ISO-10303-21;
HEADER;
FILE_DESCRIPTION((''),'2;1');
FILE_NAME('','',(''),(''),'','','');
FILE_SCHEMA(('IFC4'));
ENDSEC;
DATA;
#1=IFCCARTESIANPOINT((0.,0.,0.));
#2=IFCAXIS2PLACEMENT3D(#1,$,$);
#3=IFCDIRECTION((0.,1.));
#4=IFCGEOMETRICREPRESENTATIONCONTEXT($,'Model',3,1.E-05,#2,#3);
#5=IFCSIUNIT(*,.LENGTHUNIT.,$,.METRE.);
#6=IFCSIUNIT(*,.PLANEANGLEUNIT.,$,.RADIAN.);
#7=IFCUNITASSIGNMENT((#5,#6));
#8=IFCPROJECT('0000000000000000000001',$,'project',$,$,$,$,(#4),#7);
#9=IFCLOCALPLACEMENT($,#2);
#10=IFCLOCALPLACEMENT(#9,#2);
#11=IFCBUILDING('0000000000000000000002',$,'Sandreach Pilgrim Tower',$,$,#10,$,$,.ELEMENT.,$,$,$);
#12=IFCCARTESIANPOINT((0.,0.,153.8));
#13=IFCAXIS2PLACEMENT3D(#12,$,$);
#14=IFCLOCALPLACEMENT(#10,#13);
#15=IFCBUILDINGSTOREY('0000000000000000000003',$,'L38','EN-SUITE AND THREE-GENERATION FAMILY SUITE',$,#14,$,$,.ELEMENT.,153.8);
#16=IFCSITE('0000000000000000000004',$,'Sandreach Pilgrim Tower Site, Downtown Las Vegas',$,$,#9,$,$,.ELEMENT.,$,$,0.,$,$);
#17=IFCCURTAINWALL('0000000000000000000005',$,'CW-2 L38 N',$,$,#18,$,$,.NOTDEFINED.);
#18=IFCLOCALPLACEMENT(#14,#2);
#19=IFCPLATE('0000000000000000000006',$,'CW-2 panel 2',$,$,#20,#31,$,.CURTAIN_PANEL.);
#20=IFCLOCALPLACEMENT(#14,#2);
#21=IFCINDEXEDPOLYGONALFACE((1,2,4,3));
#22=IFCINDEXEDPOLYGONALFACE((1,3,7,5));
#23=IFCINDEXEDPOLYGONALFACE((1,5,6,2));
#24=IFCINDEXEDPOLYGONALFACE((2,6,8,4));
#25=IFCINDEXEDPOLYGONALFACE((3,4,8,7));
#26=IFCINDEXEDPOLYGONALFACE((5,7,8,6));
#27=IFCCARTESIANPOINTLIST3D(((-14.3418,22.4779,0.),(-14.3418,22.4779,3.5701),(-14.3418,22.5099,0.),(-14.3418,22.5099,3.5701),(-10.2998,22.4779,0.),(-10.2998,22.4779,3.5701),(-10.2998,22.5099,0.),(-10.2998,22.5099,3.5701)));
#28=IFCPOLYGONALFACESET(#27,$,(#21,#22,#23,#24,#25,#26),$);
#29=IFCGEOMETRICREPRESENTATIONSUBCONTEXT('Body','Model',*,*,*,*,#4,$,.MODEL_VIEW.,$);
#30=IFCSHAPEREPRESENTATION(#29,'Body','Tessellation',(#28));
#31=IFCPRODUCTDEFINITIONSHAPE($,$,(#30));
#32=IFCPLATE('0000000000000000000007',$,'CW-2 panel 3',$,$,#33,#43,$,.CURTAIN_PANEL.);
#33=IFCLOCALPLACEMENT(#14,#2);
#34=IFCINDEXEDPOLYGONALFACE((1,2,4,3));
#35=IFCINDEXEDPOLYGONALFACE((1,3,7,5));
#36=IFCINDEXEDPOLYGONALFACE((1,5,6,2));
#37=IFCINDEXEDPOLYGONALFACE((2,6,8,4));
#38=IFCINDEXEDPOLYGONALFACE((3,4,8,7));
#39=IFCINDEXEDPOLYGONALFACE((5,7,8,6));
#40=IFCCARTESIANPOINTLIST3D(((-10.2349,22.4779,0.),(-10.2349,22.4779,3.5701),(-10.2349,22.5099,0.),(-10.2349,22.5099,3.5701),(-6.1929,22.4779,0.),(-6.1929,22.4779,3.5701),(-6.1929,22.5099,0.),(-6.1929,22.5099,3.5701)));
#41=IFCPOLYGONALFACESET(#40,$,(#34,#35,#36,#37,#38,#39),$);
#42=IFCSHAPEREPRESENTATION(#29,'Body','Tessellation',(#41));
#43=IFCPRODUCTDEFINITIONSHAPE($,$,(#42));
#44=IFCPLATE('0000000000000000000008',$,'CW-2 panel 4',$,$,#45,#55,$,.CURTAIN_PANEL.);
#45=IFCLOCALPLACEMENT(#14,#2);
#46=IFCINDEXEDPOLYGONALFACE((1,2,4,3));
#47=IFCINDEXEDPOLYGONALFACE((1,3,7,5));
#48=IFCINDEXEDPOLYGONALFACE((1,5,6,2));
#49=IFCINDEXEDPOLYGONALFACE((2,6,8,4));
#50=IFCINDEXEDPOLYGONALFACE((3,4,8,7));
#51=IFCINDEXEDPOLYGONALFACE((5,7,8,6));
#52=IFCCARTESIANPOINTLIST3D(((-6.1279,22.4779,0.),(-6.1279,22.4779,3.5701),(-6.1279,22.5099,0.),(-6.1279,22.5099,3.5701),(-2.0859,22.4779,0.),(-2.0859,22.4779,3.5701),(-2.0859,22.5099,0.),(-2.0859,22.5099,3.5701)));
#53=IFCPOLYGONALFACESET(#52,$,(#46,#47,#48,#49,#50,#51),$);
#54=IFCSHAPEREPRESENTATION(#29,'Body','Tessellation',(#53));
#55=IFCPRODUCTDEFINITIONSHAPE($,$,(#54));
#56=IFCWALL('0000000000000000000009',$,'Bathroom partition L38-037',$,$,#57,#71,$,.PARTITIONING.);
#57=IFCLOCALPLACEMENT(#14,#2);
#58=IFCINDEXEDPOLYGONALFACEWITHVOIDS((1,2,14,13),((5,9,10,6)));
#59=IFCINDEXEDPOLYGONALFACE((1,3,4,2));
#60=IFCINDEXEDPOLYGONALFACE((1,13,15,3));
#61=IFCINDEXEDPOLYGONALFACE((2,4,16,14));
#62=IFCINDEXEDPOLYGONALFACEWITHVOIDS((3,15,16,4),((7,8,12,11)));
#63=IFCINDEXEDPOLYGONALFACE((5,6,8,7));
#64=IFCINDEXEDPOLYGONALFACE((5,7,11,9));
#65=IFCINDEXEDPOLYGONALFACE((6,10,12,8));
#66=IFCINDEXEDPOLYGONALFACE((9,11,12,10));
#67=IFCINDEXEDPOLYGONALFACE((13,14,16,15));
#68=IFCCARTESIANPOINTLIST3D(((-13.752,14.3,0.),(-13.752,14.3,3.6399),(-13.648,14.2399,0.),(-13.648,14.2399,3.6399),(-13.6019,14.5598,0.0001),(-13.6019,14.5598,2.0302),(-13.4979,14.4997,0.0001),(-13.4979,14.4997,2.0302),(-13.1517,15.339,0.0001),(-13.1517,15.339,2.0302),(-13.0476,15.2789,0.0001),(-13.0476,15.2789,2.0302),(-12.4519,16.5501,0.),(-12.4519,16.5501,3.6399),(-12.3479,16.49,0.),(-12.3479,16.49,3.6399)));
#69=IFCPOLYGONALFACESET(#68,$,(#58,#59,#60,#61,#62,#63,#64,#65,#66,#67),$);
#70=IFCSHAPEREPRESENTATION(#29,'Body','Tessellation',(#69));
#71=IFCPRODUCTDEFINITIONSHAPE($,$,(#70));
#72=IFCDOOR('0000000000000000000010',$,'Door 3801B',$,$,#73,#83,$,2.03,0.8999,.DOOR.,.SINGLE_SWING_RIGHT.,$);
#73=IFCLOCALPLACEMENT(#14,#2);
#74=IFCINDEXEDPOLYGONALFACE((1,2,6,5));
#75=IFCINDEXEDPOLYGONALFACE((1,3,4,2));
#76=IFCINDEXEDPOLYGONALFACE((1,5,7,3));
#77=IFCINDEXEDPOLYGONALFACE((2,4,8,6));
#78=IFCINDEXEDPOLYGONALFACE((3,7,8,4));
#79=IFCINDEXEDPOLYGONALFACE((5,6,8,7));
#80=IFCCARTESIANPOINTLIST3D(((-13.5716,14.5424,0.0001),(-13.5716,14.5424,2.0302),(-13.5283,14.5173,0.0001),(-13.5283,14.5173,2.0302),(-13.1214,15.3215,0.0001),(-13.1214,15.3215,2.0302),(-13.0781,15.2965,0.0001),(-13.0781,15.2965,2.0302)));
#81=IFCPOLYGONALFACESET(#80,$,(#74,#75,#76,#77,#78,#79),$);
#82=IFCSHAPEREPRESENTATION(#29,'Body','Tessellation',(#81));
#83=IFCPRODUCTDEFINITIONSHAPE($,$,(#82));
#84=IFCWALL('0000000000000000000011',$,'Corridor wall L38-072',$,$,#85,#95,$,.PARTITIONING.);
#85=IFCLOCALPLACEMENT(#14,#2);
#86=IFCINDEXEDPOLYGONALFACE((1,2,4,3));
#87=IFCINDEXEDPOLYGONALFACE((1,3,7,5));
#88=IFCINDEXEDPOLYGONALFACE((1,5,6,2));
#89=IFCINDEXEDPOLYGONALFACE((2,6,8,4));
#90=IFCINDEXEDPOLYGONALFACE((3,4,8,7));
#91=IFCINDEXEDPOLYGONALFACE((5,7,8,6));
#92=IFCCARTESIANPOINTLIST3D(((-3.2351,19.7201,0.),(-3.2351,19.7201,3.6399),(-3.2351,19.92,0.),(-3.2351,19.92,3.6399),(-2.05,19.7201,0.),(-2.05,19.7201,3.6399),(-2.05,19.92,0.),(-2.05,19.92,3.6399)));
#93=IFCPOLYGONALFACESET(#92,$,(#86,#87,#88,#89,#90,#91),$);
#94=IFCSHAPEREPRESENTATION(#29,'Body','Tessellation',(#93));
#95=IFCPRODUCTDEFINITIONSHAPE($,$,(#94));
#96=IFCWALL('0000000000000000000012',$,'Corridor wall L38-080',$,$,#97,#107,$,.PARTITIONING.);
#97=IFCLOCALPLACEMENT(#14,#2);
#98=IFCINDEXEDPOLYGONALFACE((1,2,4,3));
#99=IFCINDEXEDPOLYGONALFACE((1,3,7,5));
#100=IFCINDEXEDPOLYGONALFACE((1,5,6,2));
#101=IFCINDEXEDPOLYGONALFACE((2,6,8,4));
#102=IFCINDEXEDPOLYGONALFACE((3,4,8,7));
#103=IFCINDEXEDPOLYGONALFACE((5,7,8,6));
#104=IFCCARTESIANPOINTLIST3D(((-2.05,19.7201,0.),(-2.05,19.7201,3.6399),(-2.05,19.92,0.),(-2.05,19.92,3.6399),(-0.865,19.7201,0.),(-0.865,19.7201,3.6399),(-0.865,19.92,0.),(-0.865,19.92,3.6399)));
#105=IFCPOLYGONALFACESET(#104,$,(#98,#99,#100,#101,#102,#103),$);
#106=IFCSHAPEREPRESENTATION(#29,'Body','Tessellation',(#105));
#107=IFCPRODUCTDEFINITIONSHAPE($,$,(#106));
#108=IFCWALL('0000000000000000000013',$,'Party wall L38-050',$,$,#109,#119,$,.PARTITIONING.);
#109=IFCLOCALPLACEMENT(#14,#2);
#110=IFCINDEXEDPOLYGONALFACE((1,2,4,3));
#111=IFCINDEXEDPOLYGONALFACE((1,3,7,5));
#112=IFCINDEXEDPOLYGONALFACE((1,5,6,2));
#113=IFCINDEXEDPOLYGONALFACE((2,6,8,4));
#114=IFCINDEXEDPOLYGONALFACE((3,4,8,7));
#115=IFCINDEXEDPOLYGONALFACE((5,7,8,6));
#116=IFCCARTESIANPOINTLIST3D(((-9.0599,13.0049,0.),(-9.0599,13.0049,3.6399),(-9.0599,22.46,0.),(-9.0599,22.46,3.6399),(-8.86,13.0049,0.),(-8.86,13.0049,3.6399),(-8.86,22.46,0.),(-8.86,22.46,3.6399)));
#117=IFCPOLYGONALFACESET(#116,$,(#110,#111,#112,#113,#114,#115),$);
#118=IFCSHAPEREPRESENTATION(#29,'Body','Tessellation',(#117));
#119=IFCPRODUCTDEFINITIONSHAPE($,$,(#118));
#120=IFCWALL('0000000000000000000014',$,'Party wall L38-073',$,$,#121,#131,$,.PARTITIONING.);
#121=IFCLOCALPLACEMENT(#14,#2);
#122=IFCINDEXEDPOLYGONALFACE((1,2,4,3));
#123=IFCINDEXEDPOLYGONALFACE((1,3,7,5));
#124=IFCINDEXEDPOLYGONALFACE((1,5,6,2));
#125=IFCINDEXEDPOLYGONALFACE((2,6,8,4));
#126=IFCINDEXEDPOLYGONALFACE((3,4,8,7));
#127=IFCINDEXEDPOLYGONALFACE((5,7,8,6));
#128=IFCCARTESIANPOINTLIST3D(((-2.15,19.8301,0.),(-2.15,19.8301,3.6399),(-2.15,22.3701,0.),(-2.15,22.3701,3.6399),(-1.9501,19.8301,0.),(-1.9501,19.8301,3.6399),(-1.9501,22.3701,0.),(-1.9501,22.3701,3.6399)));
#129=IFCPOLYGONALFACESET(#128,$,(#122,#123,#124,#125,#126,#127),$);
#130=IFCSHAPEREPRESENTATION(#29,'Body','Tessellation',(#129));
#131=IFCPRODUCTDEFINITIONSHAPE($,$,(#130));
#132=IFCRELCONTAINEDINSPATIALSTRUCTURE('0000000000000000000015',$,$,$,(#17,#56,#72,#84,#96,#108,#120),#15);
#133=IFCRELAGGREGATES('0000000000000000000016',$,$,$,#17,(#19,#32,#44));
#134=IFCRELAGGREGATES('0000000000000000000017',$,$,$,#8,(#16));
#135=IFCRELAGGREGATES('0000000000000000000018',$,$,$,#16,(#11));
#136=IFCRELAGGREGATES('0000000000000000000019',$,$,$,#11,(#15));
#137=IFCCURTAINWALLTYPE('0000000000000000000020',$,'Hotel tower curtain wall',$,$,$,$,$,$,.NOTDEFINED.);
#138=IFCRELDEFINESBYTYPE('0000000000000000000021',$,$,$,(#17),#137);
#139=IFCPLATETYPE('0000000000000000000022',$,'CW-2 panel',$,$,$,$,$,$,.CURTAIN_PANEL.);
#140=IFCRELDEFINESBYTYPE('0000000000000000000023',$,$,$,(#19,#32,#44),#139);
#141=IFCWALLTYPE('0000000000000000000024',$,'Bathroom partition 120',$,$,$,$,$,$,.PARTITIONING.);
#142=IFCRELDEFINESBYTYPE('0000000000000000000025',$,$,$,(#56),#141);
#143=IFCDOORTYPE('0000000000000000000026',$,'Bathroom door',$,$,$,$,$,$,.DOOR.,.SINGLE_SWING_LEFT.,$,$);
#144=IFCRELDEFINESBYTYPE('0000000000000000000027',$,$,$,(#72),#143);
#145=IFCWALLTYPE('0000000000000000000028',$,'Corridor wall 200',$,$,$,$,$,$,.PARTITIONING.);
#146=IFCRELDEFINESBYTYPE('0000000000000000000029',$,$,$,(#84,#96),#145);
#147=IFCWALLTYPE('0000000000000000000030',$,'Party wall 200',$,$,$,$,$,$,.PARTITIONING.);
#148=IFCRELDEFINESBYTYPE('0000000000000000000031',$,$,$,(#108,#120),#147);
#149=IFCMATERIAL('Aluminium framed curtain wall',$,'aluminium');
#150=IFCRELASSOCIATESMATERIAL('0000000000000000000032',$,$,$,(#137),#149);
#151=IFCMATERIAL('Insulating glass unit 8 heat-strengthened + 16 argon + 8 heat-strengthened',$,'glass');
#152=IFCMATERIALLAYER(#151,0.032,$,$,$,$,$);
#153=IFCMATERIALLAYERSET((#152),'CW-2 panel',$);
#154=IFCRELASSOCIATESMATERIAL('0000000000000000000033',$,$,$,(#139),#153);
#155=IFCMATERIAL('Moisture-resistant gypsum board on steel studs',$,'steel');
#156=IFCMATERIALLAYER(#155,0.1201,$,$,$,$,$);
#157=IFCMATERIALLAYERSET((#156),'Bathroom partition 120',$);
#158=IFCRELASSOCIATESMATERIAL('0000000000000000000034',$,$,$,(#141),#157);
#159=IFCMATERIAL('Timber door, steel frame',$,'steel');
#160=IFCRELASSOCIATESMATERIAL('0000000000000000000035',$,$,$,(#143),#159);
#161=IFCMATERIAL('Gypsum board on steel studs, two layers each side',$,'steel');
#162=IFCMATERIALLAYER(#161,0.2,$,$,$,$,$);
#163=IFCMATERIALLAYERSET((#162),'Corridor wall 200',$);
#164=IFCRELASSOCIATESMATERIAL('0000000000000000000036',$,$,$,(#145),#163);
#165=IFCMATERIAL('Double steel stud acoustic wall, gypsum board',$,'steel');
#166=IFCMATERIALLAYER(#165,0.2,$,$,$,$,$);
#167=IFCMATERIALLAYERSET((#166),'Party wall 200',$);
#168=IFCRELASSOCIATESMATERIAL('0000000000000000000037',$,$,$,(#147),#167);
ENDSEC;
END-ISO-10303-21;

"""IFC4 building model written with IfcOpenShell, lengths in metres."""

from ifc_helpers import new_model, si_unit, direction, frame, frame_2d, origin, origin_2d, place, context, subcontext, project, spatial, rectangle, extrude, material, layer, layer_set, type_object, element, fill, aggregate, save


model = new_model("IFC4")

# Units and contexts
model_context = context("Model", 3, precision=1e-05, world=origin(), true_north=direction((0.0, 1.0)))
body_context = subcontext(model_context, "Body", "Model", "MODEL_VIEW")
ifc_project = project(units=[si_unit("LENGTHUNIT", "METRE"), si_unit("PLANEANGLEUNIT", "RADIAN")], contexts=[model_context])

# Site, building, storey
site_placement = place(None, origin())
site = spatial("IfcSite", under=ifc_project, at=site_placement, Name="Sandreach Pilgrim Tower Site, Downtown Las Vegas", CompositionType="ELEMENT", RefElevation=0.0)
building_placement = place(site_placement, origin())
building = spatial("IfcBuilding", under=site, at=building_placement, Name="Sandreach Pilgrim Tower", CompositionType="ELEMENT")
storey_placement = place(building_placement, frame((0.0, 0.0, 153.8)))
storey = spatial("IfcBuildingStorey", under=building, at=storey_placement, Name="L38", Description="EN-SUITE AND THREE-GENERATION FAMILY SUITE", CompositionType="ELEMENT", Elevation=153.8)

# Curtain wall
ifc_material_1 = material(Name="Aluminium framed curtain wall", Category="aluminium")
curtain_wall_type = type_object("IfcCurtainWallType", Name="Hotel tower curtain wall", PredefinedType="NOTDEFINED", material=ifc_material_1)
curtain_wall_placement = place(storey_placement, origin())
curtain_wall = element("IfcCurtainWall", 1, at=curtain_wall_placement, inside=storey, type_object=curtain_wall_type, Name="CW-2 L38 N", PredefinedType="NOTDEFINED")

# Plates
ifc_material_2 = material(Name="Insulating glass unit 8 heat-strengthened + 16 argon + 8 heat-strengthened", Category="glass")
ifc_layer_1 = layer(ifc_material_2, 0.032)
ifc_layer_set_1 = layer_set([ifc_layer_1], Name="CW-2 panel")
plate_type = type_object("IfcPlateType", Name="CW-2 panel", PredefinedType="CURTAIN_PANEL", material=ifc_layer_set_1)
plate_1_placement = place(storey_placement, frame((-12.3208, 22.4939, 0.0), z_axis=(0.0, 0.0, 1.0), x_axis=(1.0, 0.0, 0.0)))
plate_1 = element("IfcPlate", 2, at=plate_1_placement, type_object=plate_type, Name="CW-2 panel 2", PredefinedType="CURTAIN_PANEL", context=body_context, shape_type="SweptSolid", body=[
    extrude(rectangle(XDim=4.042, YDim=0.032, at=origin_2d()), origin(), (0.0, 0.0, 1.0), 3.5701),
])
plate_2_placement = place(storey_placement, frame((-8.2139, 22.4939, 0.0), z_axis=(0.0, 0.0, 1.0), x_axis=(1.0, 0.0, 0.0)))
plate_2 = element("IfcPlate", 3, at=plate_2_placement, type_object=plate_type, Name="CW-2 panel 3", PredefinedType="CURTAIN_PANEL", context=body_context, shape_type="SweptSolid", body=[
    extrude(rectangle(XDim=4.042, YDim=0.032, at=origin_2d()), origin(), (0.0, 0.0, 1.0), 3.5701),
])
plate_3_placement = place(storey_placement, frame((-4.1069, 22.4939, 0.0), z_axis=(0.0, 0.0, 1.0), x_axis=(1.0, 0.0, 0.0)))
plate_3 = element("IfcPlate", 4, at=plate_3_placement, type_object=plate_type, Name="CW-2 panel 4", PredefinedType="CURTAIN_PANEL", context=body_context, shape_type="SweptSolid", body=[
    extrude(rectangle(XDim=4.042, YDim=0.032, at=origin_2d()), origin(), (0.0, 0.0, 1.0), 3.5701),
])
aggregate(curtain_wall, [plate_1, plate_2, plate_3])

# Wall, opening, door
ifc_material_3 = material(Name="Moisture-resistant gypsum board on steel studs", Category="steel")
ifc_layer_2 = layer(ifc_material_3, 0.1201)
ifc_layer_set_2 = layer_set([ifc_layer_2], Name="Bathroom partition 120")
wall_type_1 = type_object("IfcWallType", Name="Bathroom partition 120", PredefinedType="PARTITIONING", material=ifc_layer_set_2)
wall_1_placement = place(storey_placement, frame((-12.3999, 16.52, 0.0), z_axis=(0.0, 0.0, 1.0), x_axis=(-0.500292, -0.865857, 0.0)))
wall_1 = element("IfcWall", 5, at=wall_1_placement, inside=storey, type_object=wall_type_1, Name="Bathroom partition L38-037", PredefinedType="PARTITIONING", context=body_context, shape_type="SweptSolid", body=[
    extrude(rectangle(XDim=2.5986, YDim=0.1201, at=frame_2d((1.2993, 0.0))), origin(), (0.0, 0.0, 1.0), 3.6399),
])
opening_1_placement = place(wall_1_placement, frame((1.3987, 0.0, 0.0)))
opening_1 = element("IfcOpeningElement", 6, at=opening_1_placement, cuts=wall_1, PredefinedType="OPENING", context=body_context, shape_type="SweptSolid", body=[
    extrude(rectangle(XDim=0.8999, YDim=2.03, at=frame_2d((0.45, 1.0151))), frame((0.0, 0.0601, 0.0), z_axis=(0.0, -1.0, 0.0), x_axis=(1.0, 0.0, 0.0)), (0.0, 0.0, 1.0), 0.1201),
])
ifc_material_4 = material(Name="Timber door, steel frame", Category="steel")
door_type_1 = type_object("IfcDoorType", Name="Bathroom door", OperationType="SINGLE_SWING_LEFT", PredefinedType="DOOR", material=ifc_material_4)
door_1_placement = place(opening_1_placement, origin())
door_1 = element("IfcDoor", 7, at=door_1_placement, inside=storey, type_object=door_type_1, Name="Door 3801B", OperationType="SINGLE_SWING_RIGHT", OverallHeight=2.03, OverallWidth=0.8999, PredefinedType="DOOR", context=body_context, shape_type="SweptSolid", body=[
    extrude(rectangle(XDim=0.8999, YDim=2.03, at=frame_2d((0.45, 1.0151))), frame((0.0, 0.0249, 0.0), z_axis=(0.0, -1.0, 0.0), x_axis=(1.0, 0.0, 0.0)), (0.0, 0.0, 1.0), 0.05),
])
fill(opening_1, door_1)
ifc_material_5 = material(Name="Gypsum board on steel studs, two layers each side", Category="steel")
ifc_layer_3 = layer(ifc_material_5, 0.2)
ifc_layer_set_3 = layer_set([ifc_layer_3], Name="Corridor wall 200")
wall_type_2 = type_object("IfcWallType", Name="Corridor wall 200", PredefinedType="PARTITIONING", material=ifc_layer_set_3)

# Walls
for number, where, z_axis, x_axis, name in (
    (8, (-2.05, 19.8201, 0.0), (0.0, 0.0, 1.0), (-1.0, 0.0, 0.0), "Corridor wall L38-072"),
    (9, (-0.865, 19.8201, 0.0), (0.0, 0.0, 1.0), (-1.0, 0.0, 0.0), "Corridor wall L38-080"),
):
    element("IfcWall", number, at=place(storey_placement, frame(where, z_axis=z_axis, x_axis=x_axis)), inside=storey, type_object=wall_type_2, Name=name, PredefinedType="PARTITIONING", context=body_context, shape_type="SweptSolid", body=[
        extrude(rectangle(XDim=1.1851, YDim=0.2, at=frame_2d((0.5925, 0.0))), origin(), (0.0, 0.0, 1.0), 3.6399),
    ])
ifc_material_6 = material(Name="Double steel stud acoustic wall, gypsum board", Category="steel")
ifc_layer_4 = layer(ifc_material_6, 0.2)
ifc_layer_set_4 = layer_set([ifc_layer_4], Name="Party wall 200")
wall_type_3 = type_object("IfcWallType", Name="Party wall 200", PredefinedType="PARTITIONING", material=ifc_layer_set_4)
wall_2_placement = place(storey_placement, frame((-8.96, 22.46, 0.0), z_axis=(0.0, 0.0, 1.0), x_axis=(0.0, -1.0, 0.0)))
element("IfcWall", 10, at=wall_2_placement, inside=storey, type_object=wall_type_3, Name="Party wall L38-050", PredefinedType="PARTITIONING", context=body_context, shape_type="SweptSolid", body=[
    extrude(rectangle(XDim=9.4551, YDim=0.2, at=frame_2d((4.7275, 0.0))), origin(), (0.0, 0.0, 1.0), 3.6399),
])
wall_3_placement = place(storey_placement, frame((-2.05, 22.3701, 0.0), z_axis=(0.0, 0.0, 1.0), x_axis=(0.0, -1.0, 0.0)))
element("IfcWall", 11, at=wall_3_placement, inside=storey, type_object=wall_type_3, Name="Party wall L38-073", PredefinedType="PARTITIONING", context=body_context, shape_type="SweptSolid", body=[
    extrude(rectangle(XDim=2.54, YDim=0.2, at=frame_2d((1.27, 0.0))), origin(), (0.0, 0.0, 1.0), 3.6399),
])

save(model, "model.ifc")
